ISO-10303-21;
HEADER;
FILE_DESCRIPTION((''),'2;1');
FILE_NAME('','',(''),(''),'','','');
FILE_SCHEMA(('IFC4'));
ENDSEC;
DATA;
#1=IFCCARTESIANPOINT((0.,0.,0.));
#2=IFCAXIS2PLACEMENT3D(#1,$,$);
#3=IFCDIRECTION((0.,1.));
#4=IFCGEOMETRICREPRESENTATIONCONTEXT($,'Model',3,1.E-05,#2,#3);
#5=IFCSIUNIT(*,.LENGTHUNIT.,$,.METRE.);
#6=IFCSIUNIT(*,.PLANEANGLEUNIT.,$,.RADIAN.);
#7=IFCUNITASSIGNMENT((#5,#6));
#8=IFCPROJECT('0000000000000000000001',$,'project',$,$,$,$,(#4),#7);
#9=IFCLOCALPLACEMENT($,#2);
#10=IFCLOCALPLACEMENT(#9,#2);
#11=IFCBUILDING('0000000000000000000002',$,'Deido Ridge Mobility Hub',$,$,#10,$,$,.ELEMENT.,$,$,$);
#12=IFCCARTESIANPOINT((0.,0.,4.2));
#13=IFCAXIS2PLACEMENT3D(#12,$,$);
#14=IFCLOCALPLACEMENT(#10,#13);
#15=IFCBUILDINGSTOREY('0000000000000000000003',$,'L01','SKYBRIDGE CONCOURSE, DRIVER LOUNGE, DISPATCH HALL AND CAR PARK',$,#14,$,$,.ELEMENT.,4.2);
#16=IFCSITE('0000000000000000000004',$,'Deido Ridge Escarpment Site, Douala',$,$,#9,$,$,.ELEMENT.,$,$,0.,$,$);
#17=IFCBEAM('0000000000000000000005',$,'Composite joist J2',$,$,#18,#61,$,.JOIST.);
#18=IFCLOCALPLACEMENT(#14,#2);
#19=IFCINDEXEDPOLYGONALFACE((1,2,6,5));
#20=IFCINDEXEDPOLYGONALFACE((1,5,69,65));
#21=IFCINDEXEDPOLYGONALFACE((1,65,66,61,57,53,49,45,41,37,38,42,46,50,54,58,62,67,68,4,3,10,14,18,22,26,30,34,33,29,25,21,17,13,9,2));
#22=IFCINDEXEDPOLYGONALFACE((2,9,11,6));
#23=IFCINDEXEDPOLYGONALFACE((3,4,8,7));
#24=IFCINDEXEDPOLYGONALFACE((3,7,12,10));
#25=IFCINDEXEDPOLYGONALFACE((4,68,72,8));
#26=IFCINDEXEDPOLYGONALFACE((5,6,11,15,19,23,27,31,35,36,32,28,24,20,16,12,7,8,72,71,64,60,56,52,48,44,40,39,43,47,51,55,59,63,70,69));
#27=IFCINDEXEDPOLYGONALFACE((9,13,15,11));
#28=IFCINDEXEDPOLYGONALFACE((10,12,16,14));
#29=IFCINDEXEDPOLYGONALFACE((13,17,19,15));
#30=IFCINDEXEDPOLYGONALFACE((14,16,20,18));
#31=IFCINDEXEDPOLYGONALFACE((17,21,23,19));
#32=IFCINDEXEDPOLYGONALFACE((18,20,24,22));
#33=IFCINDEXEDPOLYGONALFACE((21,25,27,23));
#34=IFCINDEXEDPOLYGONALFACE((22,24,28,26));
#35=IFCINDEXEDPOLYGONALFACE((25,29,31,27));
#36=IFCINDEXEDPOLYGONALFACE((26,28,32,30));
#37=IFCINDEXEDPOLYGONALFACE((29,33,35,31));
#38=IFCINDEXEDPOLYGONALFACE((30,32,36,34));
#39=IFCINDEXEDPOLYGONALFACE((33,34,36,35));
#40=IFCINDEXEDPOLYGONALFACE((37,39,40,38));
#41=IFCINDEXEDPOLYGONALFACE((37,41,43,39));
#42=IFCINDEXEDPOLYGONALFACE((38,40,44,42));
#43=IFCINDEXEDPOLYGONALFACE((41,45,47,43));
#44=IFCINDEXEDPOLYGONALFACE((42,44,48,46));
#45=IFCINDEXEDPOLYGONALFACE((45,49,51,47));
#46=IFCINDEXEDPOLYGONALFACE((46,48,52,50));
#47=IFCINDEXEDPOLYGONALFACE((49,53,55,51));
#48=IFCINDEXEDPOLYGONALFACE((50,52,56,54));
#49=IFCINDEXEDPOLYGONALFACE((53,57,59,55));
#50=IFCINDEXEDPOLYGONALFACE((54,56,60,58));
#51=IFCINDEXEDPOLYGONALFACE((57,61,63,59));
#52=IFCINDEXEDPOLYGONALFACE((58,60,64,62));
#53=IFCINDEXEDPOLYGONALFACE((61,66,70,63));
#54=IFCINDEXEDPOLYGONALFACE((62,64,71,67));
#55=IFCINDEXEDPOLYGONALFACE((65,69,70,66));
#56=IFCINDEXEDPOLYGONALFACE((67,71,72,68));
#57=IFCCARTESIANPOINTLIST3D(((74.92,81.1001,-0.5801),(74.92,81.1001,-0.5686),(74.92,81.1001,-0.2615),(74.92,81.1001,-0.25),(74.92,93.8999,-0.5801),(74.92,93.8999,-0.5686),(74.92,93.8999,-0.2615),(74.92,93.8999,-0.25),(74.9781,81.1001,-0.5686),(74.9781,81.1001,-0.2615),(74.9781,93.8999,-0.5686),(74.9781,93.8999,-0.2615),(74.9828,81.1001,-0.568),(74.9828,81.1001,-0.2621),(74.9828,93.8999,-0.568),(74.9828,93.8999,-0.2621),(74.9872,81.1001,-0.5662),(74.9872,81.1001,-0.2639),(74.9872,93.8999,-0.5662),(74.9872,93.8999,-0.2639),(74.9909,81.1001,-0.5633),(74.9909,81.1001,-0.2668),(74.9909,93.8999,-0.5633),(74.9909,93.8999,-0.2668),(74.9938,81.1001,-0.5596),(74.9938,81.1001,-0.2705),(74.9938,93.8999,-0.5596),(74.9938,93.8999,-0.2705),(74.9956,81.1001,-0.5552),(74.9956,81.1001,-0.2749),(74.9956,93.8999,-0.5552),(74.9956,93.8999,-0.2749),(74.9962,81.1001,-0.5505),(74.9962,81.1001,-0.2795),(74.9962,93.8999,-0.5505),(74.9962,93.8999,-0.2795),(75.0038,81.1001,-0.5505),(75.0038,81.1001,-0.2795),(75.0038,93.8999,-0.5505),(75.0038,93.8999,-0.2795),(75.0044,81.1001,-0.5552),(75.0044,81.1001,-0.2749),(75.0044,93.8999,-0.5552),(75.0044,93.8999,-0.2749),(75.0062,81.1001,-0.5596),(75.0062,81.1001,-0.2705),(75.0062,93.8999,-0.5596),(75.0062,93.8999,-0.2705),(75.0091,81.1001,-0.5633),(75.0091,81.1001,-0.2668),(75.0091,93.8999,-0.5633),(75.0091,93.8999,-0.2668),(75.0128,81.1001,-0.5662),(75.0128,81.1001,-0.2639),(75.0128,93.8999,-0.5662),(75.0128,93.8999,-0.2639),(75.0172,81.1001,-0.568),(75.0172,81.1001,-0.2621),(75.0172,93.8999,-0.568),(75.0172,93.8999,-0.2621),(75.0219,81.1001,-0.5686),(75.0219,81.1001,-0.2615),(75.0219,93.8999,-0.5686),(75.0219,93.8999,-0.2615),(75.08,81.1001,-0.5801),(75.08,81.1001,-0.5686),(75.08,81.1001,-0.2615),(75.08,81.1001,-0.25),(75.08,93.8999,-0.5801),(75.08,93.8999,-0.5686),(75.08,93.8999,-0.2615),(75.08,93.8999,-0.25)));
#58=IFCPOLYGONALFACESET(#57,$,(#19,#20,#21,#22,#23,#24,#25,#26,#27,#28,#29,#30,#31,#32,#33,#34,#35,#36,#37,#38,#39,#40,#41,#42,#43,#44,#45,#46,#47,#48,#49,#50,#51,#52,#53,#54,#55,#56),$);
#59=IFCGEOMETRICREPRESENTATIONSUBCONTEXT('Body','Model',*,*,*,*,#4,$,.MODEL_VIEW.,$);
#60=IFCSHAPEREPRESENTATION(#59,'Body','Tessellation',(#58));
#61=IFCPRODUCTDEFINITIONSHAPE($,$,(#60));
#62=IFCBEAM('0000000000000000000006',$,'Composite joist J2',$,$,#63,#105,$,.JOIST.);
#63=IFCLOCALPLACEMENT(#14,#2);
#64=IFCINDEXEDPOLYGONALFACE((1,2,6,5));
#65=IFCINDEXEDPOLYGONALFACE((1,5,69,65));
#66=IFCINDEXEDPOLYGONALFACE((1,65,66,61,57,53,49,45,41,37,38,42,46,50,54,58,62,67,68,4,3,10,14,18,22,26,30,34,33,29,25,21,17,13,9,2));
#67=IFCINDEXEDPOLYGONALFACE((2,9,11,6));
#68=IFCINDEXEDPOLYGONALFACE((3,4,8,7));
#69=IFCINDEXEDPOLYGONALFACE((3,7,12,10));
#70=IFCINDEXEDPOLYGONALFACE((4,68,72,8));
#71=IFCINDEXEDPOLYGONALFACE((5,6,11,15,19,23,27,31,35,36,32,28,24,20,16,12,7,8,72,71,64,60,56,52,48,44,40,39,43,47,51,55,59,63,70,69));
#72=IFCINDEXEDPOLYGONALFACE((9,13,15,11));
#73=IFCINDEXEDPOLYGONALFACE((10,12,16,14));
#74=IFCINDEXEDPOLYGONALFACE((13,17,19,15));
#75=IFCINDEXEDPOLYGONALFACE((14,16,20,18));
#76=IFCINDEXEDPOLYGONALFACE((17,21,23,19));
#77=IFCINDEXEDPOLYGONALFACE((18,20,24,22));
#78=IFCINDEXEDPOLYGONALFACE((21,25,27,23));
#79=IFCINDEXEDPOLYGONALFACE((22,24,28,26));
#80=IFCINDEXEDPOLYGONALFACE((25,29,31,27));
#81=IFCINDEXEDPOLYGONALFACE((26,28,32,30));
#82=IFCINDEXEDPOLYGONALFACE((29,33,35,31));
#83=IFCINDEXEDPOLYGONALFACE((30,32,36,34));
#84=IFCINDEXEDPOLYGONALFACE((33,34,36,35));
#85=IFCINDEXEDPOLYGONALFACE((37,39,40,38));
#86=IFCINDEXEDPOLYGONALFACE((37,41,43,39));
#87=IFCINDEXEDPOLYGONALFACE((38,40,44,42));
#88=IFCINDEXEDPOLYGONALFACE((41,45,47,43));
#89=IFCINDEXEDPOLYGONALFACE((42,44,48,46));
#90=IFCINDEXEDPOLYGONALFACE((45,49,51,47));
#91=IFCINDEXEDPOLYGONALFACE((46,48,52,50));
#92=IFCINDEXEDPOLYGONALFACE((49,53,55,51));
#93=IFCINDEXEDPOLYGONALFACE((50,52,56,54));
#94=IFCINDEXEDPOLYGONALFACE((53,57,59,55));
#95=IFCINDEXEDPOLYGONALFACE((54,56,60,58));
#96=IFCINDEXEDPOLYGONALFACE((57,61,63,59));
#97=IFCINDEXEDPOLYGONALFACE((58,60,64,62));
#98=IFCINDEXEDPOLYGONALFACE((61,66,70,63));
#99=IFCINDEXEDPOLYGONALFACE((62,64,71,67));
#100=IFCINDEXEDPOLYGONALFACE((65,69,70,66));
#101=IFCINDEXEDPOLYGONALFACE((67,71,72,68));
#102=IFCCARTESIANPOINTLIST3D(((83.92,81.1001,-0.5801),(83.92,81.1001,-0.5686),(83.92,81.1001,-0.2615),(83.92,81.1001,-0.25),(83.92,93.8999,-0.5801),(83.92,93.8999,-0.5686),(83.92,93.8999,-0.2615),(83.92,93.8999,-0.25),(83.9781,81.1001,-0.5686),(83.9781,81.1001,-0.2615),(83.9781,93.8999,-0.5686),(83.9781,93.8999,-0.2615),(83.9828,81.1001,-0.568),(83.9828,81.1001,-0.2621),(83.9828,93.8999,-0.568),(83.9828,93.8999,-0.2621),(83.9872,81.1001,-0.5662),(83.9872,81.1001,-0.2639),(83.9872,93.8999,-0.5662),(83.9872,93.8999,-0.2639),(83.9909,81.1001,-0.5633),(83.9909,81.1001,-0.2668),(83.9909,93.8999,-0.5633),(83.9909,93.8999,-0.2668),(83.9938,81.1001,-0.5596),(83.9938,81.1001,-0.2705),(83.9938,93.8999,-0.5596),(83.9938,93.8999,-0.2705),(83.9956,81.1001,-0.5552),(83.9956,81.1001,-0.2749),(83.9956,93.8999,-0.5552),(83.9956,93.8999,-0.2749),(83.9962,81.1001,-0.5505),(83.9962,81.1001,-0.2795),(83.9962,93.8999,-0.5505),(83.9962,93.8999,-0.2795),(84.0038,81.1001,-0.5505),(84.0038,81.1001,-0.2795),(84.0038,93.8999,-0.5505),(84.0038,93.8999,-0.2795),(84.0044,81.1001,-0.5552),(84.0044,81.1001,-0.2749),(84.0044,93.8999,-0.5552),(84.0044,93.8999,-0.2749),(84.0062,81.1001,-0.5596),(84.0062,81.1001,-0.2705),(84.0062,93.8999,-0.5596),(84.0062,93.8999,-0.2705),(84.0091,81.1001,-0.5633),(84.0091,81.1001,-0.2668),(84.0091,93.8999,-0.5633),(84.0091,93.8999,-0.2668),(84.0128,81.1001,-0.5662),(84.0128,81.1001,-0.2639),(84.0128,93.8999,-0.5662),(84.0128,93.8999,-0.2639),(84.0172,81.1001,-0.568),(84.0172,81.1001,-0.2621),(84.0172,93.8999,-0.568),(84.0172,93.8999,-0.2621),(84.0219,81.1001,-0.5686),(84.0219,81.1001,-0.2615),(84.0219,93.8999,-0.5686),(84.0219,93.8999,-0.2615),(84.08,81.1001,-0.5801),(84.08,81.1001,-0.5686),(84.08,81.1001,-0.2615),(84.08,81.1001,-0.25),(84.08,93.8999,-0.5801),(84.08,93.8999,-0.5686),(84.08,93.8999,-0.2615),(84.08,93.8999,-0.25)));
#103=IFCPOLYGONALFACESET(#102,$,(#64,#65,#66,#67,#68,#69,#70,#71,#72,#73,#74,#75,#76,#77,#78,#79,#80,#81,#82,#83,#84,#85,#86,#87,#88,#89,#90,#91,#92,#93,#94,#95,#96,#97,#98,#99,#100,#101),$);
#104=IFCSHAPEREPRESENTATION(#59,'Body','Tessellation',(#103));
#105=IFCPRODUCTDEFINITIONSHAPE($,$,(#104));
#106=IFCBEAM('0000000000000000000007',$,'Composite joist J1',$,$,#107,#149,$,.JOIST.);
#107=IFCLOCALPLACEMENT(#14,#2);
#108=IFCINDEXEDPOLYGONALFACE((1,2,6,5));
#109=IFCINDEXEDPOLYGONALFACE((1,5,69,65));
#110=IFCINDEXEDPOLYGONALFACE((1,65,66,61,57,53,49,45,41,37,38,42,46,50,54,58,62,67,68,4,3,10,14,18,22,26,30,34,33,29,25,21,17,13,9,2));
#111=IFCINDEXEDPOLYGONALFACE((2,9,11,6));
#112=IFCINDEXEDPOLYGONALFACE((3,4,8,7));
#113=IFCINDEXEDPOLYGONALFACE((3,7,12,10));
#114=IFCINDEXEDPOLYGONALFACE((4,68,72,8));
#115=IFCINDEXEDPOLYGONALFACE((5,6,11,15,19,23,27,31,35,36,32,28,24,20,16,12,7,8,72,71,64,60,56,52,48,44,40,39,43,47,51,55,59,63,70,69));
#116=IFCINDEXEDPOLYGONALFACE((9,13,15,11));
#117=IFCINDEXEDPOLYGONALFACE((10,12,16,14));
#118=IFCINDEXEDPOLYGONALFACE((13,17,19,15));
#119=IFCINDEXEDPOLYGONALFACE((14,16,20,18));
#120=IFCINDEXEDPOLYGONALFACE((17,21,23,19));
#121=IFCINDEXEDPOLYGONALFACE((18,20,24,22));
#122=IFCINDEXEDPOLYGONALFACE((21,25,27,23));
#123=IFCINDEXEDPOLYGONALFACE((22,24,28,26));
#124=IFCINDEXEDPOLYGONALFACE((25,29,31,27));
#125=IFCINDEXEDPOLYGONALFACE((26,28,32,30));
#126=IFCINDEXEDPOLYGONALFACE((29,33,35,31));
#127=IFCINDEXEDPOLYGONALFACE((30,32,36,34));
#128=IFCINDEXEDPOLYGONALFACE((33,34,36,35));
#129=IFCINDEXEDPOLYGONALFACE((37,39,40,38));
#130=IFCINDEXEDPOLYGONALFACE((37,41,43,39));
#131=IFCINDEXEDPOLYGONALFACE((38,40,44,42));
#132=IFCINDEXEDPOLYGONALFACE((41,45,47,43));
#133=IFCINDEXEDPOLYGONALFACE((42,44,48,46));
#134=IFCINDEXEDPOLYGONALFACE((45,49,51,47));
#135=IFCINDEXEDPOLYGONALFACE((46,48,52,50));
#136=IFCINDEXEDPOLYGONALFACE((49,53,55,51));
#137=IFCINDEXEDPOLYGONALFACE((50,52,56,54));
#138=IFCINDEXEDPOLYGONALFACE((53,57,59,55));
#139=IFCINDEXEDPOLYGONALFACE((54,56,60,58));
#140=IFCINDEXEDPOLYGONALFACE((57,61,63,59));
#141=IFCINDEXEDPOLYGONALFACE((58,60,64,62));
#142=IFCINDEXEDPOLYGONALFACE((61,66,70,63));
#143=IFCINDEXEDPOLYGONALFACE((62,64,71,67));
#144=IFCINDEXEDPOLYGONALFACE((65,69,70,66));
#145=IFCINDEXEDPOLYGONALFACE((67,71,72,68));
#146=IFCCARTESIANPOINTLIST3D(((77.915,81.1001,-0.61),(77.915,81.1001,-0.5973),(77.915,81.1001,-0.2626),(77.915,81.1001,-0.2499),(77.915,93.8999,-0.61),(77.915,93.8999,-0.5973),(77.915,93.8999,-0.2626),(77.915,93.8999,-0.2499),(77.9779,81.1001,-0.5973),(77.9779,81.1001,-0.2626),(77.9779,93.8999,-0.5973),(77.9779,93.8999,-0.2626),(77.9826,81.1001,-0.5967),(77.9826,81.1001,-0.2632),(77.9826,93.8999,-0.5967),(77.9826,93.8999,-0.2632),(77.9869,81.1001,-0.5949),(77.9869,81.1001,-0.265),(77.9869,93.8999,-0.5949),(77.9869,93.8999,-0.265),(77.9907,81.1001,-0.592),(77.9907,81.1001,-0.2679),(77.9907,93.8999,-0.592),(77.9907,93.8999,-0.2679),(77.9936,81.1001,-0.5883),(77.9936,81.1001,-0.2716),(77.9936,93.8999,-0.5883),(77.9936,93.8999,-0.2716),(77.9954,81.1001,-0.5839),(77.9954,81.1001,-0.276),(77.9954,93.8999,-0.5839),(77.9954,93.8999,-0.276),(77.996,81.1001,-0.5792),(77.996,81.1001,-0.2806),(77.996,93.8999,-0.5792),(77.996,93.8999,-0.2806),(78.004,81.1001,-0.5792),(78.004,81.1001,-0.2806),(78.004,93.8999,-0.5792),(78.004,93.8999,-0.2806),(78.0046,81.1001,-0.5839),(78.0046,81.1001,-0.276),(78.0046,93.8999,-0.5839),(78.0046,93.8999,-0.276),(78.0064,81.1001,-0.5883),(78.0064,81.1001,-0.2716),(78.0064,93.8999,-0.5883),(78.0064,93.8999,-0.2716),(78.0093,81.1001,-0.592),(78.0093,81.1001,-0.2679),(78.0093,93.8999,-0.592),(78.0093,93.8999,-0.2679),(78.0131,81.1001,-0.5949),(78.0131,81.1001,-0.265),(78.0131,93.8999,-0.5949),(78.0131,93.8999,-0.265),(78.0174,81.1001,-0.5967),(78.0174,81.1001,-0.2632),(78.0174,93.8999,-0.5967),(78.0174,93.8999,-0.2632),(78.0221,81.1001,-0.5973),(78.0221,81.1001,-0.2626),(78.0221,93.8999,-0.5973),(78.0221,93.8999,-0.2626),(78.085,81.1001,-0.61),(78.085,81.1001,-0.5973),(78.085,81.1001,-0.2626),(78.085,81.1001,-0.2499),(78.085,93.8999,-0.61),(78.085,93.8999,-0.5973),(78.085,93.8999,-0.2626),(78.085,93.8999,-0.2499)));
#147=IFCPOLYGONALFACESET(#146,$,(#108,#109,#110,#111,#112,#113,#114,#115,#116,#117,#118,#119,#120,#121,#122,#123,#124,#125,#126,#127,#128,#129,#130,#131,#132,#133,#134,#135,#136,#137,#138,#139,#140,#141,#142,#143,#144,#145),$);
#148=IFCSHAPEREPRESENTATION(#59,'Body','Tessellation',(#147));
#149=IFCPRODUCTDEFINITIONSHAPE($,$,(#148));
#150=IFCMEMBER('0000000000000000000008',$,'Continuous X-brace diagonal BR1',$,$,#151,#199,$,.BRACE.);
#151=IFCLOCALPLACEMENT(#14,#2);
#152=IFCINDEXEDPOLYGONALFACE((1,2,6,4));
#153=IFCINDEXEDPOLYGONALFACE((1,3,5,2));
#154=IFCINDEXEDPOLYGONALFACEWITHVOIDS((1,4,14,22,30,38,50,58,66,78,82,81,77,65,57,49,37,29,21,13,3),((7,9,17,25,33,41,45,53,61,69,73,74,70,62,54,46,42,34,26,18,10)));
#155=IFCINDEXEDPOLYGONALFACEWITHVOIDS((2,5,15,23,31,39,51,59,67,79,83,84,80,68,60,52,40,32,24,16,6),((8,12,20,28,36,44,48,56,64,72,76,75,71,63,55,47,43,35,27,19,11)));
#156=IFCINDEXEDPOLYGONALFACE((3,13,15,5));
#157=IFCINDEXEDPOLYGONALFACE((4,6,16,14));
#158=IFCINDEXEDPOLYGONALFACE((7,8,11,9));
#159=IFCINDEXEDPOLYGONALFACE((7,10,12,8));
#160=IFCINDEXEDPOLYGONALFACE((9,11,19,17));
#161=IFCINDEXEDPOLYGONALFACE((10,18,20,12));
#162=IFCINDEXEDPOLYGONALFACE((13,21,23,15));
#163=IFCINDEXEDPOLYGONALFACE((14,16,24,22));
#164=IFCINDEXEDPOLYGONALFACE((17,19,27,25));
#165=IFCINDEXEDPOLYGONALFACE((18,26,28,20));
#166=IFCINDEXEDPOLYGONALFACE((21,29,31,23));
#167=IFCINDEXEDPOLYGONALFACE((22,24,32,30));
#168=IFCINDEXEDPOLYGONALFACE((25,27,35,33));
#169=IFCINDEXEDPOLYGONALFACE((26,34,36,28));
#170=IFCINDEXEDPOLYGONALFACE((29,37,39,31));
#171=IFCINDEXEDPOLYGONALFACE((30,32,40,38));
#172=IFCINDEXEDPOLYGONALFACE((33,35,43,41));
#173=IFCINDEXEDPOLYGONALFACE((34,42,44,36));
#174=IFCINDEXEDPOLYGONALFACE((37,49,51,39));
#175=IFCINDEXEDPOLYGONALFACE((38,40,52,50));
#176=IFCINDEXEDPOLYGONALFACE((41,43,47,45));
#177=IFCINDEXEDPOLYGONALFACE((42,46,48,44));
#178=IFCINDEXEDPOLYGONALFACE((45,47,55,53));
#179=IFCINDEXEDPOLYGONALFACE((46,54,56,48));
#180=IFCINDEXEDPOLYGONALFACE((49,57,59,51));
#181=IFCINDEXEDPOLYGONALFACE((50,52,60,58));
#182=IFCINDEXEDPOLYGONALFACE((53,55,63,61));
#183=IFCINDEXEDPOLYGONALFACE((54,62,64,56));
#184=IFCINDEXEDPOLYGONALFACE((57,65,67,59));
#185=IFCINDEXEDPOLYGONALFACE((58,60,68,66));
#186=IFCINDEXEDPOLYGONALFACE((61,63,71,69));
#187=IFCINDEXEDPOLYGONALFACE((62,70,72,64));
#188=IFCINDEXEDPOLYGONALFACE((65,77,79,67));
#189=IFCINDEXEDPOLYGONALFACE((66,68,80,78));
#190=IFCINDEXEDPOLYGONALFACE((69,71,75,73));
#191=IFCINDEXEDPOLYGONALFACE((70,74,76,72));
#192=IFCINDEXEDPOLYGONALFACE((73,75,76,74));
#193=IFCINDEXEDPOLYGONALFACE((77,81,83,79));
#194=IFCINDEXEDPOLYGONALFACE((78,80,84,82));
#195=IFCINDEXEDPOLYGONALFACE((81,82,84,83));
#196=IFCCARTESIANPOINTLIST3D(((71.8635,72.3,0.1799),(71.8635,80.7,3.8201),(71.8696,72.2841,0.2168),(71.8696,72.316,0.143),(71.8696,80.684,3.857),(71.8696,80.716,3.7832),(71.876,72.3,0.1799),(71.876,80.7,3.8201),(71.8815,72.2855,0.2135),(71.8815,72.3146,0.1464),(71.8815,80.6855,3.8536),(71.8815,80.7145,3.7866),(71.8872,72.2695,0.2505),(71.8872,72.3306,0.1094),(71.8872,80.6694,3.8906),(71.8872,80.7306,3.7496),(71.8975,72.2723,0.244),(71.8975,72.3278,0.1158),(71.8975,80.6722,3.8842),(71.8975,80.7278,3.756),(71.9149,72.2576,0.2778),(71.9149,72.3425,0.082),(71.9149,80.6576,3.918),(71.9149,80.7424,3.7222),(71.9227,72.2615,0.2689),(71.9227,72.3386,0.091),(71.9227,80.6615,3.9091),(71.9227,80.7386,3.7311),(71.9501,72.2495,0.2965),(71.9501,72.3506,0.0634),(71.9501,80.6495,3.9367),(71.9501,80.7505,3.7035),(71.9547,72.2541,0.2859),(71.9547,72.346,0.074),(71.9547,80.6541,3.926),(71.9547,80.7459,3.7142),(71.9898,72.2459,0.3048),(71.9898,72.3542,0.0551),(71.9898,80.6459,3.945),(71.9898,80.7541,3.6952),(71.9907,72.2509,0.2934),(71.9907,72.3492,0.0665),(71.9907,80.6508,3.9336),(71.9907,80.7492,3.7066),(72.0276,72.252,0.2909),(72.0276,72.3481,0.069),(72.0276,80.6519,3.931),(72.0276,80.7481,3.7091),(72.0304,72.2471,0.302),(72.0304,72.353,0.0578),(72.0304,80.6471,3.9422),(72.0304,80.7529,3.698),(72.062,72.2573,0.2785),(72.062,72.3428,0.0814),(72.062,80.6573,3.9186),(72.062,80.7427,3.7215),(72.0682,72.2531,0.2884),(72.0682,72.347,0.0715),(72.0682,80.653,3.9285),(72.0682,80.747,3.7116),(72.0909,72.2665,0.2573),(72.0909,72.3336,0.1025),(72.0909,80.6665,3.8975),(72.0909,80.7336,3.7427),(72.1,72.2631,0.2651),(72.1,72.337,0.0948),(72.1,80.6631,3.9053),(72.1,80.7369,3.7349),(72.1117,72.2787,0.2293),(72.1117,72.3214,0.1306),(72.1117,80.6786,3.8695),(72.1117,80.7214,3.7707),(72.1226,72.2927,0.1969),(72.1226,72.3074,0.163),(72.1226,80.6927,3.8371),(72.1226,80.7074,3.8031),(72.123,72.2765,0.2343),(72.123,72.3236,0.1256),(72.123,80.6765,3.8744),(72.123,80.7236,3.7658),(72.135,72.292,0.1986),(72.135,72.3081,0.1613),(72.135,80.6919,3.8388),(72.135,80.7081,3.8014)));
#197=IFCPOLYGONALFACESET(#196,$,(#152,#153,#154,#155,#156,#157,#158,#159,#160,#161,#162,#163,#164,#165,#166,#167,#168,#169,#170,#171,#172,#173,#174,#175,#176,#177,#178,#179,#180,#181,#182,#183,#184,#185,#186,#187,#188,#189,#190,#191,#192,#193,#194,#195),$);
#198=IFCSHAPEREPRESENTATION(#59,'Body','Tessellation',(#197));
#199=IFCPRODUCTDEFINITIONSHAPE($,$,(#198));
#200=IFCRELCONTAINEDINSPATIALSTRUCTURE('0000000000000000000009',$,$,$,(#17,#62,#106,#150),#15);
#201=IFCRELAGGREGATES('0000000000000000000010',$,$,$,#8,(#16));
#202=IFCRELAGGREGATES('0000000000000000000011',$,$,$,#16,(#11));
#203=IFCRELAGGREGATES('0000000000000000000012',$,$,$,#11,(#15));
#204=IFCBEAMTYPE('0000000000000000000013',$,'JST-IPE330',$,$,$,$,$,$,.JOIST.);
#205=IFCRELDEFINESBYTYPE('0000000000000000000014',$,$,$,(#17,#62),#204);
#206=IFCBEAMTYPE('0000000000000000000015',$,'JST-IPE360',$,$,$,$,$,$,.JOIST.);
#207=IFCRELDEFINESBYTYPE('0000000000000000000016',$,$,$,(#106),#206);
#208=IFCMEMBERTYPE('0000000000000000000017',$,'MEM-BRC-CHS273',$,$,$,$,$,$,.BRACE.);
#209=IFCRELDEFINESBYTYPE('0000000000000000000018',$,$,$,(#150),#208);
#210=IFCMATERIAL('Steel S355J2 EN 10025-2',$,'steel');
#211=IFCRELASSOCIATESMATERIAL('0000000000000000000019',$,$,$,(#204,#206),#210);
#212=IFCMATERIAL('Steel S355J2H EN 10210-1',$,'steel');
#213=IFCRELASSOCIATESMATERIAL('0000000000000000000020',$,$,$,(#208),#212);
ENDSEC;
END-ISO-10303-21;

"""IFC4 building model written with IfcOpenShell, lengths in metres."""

from ifc_helpers import new_model, si_unit, direction, frame, origin, origin_2d, place, context, subcontext, project, spatial, hollow_circle, i_section, extrude, material, material_profile, profile_set, type_object, element, save


model = new_model("IFC4")

# Units and contexts
model_context = context("Model", 3, precision=1e-05, world=origin(), true_north=direction((0.0, 1.0)))
body_context = subcontext(model_context, "Body", "Model", "MODEL_VIEW")
ifc_project = project(units=[si_unit("LENGTHUNIT", "METRE"), si_unit("PLANEANGLEUNIT", "RADIAN")], contexts=[model_context])

# Site, building, storey
site_placement = place(None, origin())
site = spatial("IfcSite", under=ifc_project, at=site_placement, Name="Deido Ridge Escarpment Site, Douala", CompositionType="ELEMENT", RefElevation=0.0)
building_placement = place(site_placement, origin())
building = spatial("IfcBuilding", under=site, at=building_placement, Name="Deido Ridge Mobility Hub", CompositionType="ELEMENT")
storey_placement = place(building_placement, frame((0.0, 0.0, 4.2)))
storey = spatial("IfcBuildingStorey", under=building, at=storey_placement, Name="L01", Description="SKYBRIDGE CONCOURSE, DRIVER LOUNGE, DISPATCH HALL AND CAR PARK", CompositionType="ELEMENT", Elevation=4.2)

# Shared definitions
ifc_material_1 = material(Name="Steel S355J2 EN 10025-2", Category="steel")

# Beams
ifc_material_profile_1 = material_profile(ifc_material_1, i_section(OverallWidth=0.1599, OverallDepth=0.3301, WebThickness=0.0076, FlangeThickness=0.0115, FilletRadius=0.0181, at=origin_2d()), Name="IPE 330")
ifc_profile_set_1 = profile_set([ifc_material_profile_1], Name="Steel S355J2 EN 10025-2")
beam_type_1 = type_object("IfcBeamType", Name="JST-IPE330", PredefinedType="JOIST", material=ifc_profile_set_1)
for number, where, z_axis, x_axis, name in (
    (1, (75.0, 81.1001, -0.415), (0.0, 1.0, 0.0), (-1.0, 0.0, 0.0), "Composite joist J2"),
    (2, (84.0, 81.1001, -0.415), (0.0, 1.0, 0.0), (-1.0, 0.0, 0.0), "Composite joist J2"),
):
    element("IfcBeam", number, at=place(storey_placement, frame(where, z_axis=z_axis, x_axis=x_axis)), inside=storey, type_object=beam_type_1, Name=name, PredefinedType="JOIST", context=body_context, shape_type="SweptSolid", body=[
        extrude(i_section(OverallWidth=0.1599, OverallDepth=0.3301, WebThickness=0.0076, FlangeThickness=0.0115, FilletRadius=0.0181, at=origin_2d()), origin(), (0.0, 0.0, 1.0), 12.7998),
    ])
ifc_material_profile_2 = material_profile(ifc_material_1, i_section(OverallWidth=0.1699, OverallDepth=0.3601, WebThickness=0.0081, FlangeThickness=0.0127, FilletRadius=0.0181, at=origin_2d()), Name="IPE 360")
ifc_profile_set_2 = profile_set([ifc_material_profile_2], Name="Steel S355J2 EN 10025-2")
beam_type_2 = type_object("IfcBeamType", Name="JST-IPE360", PredefinedType="JOIST", material=ifc_profile_set_2)
beam_1_placement = place(storey_placement, frame((78.0, 81.1001, -0.4299), z_axis=(0.0, 1.0, 0.0), x_axis=(-1.0, 0.0, 0.0)))
element("IfcBeam", 3, at=beam_1_placement, inside=storey, type_object=beam_type_2, Name="Composite joist J1", PredefinedType="JOIST", context=body_context, shape_type="SweptSolid", body=[
    extrude(i_section(OverallWidth=0.1699, OverallDepth=0.3601, WebThickness=0.0081, FlangeThickness=0.0127, FilletRadius=0.0181, at=origin_2d()), origin(), (0.0, 0.0, 1.0), 12.7998),
])

# Member
ifc_material_2 = material(Name="Steel S355J2H EN 10210-1", Category="steel")
ifc_material_profile_3 = material_profile(ifc_material_2, hollow_circle(Radius=0.1365, WallThickness=0.0125, at=origin_2d()), Name="CHS 273x12.5")
ifc_profile_set_3 = profile_set([ifc_material_profile_3], Name="Steel S355J2H EN 10210-1")
member_type = type_object("IfcMemberType", Name="MEM-BRC-CHS273", PredefinedType="BRACE", material=ifc_profile_set_3)
member_placement = place(storey_placement, frame((72.0, 72.3, 0.1799), z_axis=(0.0, 0.917548, 0.397624), x_axis=(-1.0, 0.0, 0.0)))
element("IfcMember", 4, at=member_placement, inside=storey, type_object=member_type, Name="Continuous X-brace diagonal BR1", PredefinedType="BRACE", context=body_context, shape_type="SweptSolid", body=[
    extrude(hollow_circle(Radius=0.1365, WallThickness=0.0125, at=origin_2d()), origin(), (0.0, 0.0, 1.0), 9.1548),
])

save(model, "model.ifc")
